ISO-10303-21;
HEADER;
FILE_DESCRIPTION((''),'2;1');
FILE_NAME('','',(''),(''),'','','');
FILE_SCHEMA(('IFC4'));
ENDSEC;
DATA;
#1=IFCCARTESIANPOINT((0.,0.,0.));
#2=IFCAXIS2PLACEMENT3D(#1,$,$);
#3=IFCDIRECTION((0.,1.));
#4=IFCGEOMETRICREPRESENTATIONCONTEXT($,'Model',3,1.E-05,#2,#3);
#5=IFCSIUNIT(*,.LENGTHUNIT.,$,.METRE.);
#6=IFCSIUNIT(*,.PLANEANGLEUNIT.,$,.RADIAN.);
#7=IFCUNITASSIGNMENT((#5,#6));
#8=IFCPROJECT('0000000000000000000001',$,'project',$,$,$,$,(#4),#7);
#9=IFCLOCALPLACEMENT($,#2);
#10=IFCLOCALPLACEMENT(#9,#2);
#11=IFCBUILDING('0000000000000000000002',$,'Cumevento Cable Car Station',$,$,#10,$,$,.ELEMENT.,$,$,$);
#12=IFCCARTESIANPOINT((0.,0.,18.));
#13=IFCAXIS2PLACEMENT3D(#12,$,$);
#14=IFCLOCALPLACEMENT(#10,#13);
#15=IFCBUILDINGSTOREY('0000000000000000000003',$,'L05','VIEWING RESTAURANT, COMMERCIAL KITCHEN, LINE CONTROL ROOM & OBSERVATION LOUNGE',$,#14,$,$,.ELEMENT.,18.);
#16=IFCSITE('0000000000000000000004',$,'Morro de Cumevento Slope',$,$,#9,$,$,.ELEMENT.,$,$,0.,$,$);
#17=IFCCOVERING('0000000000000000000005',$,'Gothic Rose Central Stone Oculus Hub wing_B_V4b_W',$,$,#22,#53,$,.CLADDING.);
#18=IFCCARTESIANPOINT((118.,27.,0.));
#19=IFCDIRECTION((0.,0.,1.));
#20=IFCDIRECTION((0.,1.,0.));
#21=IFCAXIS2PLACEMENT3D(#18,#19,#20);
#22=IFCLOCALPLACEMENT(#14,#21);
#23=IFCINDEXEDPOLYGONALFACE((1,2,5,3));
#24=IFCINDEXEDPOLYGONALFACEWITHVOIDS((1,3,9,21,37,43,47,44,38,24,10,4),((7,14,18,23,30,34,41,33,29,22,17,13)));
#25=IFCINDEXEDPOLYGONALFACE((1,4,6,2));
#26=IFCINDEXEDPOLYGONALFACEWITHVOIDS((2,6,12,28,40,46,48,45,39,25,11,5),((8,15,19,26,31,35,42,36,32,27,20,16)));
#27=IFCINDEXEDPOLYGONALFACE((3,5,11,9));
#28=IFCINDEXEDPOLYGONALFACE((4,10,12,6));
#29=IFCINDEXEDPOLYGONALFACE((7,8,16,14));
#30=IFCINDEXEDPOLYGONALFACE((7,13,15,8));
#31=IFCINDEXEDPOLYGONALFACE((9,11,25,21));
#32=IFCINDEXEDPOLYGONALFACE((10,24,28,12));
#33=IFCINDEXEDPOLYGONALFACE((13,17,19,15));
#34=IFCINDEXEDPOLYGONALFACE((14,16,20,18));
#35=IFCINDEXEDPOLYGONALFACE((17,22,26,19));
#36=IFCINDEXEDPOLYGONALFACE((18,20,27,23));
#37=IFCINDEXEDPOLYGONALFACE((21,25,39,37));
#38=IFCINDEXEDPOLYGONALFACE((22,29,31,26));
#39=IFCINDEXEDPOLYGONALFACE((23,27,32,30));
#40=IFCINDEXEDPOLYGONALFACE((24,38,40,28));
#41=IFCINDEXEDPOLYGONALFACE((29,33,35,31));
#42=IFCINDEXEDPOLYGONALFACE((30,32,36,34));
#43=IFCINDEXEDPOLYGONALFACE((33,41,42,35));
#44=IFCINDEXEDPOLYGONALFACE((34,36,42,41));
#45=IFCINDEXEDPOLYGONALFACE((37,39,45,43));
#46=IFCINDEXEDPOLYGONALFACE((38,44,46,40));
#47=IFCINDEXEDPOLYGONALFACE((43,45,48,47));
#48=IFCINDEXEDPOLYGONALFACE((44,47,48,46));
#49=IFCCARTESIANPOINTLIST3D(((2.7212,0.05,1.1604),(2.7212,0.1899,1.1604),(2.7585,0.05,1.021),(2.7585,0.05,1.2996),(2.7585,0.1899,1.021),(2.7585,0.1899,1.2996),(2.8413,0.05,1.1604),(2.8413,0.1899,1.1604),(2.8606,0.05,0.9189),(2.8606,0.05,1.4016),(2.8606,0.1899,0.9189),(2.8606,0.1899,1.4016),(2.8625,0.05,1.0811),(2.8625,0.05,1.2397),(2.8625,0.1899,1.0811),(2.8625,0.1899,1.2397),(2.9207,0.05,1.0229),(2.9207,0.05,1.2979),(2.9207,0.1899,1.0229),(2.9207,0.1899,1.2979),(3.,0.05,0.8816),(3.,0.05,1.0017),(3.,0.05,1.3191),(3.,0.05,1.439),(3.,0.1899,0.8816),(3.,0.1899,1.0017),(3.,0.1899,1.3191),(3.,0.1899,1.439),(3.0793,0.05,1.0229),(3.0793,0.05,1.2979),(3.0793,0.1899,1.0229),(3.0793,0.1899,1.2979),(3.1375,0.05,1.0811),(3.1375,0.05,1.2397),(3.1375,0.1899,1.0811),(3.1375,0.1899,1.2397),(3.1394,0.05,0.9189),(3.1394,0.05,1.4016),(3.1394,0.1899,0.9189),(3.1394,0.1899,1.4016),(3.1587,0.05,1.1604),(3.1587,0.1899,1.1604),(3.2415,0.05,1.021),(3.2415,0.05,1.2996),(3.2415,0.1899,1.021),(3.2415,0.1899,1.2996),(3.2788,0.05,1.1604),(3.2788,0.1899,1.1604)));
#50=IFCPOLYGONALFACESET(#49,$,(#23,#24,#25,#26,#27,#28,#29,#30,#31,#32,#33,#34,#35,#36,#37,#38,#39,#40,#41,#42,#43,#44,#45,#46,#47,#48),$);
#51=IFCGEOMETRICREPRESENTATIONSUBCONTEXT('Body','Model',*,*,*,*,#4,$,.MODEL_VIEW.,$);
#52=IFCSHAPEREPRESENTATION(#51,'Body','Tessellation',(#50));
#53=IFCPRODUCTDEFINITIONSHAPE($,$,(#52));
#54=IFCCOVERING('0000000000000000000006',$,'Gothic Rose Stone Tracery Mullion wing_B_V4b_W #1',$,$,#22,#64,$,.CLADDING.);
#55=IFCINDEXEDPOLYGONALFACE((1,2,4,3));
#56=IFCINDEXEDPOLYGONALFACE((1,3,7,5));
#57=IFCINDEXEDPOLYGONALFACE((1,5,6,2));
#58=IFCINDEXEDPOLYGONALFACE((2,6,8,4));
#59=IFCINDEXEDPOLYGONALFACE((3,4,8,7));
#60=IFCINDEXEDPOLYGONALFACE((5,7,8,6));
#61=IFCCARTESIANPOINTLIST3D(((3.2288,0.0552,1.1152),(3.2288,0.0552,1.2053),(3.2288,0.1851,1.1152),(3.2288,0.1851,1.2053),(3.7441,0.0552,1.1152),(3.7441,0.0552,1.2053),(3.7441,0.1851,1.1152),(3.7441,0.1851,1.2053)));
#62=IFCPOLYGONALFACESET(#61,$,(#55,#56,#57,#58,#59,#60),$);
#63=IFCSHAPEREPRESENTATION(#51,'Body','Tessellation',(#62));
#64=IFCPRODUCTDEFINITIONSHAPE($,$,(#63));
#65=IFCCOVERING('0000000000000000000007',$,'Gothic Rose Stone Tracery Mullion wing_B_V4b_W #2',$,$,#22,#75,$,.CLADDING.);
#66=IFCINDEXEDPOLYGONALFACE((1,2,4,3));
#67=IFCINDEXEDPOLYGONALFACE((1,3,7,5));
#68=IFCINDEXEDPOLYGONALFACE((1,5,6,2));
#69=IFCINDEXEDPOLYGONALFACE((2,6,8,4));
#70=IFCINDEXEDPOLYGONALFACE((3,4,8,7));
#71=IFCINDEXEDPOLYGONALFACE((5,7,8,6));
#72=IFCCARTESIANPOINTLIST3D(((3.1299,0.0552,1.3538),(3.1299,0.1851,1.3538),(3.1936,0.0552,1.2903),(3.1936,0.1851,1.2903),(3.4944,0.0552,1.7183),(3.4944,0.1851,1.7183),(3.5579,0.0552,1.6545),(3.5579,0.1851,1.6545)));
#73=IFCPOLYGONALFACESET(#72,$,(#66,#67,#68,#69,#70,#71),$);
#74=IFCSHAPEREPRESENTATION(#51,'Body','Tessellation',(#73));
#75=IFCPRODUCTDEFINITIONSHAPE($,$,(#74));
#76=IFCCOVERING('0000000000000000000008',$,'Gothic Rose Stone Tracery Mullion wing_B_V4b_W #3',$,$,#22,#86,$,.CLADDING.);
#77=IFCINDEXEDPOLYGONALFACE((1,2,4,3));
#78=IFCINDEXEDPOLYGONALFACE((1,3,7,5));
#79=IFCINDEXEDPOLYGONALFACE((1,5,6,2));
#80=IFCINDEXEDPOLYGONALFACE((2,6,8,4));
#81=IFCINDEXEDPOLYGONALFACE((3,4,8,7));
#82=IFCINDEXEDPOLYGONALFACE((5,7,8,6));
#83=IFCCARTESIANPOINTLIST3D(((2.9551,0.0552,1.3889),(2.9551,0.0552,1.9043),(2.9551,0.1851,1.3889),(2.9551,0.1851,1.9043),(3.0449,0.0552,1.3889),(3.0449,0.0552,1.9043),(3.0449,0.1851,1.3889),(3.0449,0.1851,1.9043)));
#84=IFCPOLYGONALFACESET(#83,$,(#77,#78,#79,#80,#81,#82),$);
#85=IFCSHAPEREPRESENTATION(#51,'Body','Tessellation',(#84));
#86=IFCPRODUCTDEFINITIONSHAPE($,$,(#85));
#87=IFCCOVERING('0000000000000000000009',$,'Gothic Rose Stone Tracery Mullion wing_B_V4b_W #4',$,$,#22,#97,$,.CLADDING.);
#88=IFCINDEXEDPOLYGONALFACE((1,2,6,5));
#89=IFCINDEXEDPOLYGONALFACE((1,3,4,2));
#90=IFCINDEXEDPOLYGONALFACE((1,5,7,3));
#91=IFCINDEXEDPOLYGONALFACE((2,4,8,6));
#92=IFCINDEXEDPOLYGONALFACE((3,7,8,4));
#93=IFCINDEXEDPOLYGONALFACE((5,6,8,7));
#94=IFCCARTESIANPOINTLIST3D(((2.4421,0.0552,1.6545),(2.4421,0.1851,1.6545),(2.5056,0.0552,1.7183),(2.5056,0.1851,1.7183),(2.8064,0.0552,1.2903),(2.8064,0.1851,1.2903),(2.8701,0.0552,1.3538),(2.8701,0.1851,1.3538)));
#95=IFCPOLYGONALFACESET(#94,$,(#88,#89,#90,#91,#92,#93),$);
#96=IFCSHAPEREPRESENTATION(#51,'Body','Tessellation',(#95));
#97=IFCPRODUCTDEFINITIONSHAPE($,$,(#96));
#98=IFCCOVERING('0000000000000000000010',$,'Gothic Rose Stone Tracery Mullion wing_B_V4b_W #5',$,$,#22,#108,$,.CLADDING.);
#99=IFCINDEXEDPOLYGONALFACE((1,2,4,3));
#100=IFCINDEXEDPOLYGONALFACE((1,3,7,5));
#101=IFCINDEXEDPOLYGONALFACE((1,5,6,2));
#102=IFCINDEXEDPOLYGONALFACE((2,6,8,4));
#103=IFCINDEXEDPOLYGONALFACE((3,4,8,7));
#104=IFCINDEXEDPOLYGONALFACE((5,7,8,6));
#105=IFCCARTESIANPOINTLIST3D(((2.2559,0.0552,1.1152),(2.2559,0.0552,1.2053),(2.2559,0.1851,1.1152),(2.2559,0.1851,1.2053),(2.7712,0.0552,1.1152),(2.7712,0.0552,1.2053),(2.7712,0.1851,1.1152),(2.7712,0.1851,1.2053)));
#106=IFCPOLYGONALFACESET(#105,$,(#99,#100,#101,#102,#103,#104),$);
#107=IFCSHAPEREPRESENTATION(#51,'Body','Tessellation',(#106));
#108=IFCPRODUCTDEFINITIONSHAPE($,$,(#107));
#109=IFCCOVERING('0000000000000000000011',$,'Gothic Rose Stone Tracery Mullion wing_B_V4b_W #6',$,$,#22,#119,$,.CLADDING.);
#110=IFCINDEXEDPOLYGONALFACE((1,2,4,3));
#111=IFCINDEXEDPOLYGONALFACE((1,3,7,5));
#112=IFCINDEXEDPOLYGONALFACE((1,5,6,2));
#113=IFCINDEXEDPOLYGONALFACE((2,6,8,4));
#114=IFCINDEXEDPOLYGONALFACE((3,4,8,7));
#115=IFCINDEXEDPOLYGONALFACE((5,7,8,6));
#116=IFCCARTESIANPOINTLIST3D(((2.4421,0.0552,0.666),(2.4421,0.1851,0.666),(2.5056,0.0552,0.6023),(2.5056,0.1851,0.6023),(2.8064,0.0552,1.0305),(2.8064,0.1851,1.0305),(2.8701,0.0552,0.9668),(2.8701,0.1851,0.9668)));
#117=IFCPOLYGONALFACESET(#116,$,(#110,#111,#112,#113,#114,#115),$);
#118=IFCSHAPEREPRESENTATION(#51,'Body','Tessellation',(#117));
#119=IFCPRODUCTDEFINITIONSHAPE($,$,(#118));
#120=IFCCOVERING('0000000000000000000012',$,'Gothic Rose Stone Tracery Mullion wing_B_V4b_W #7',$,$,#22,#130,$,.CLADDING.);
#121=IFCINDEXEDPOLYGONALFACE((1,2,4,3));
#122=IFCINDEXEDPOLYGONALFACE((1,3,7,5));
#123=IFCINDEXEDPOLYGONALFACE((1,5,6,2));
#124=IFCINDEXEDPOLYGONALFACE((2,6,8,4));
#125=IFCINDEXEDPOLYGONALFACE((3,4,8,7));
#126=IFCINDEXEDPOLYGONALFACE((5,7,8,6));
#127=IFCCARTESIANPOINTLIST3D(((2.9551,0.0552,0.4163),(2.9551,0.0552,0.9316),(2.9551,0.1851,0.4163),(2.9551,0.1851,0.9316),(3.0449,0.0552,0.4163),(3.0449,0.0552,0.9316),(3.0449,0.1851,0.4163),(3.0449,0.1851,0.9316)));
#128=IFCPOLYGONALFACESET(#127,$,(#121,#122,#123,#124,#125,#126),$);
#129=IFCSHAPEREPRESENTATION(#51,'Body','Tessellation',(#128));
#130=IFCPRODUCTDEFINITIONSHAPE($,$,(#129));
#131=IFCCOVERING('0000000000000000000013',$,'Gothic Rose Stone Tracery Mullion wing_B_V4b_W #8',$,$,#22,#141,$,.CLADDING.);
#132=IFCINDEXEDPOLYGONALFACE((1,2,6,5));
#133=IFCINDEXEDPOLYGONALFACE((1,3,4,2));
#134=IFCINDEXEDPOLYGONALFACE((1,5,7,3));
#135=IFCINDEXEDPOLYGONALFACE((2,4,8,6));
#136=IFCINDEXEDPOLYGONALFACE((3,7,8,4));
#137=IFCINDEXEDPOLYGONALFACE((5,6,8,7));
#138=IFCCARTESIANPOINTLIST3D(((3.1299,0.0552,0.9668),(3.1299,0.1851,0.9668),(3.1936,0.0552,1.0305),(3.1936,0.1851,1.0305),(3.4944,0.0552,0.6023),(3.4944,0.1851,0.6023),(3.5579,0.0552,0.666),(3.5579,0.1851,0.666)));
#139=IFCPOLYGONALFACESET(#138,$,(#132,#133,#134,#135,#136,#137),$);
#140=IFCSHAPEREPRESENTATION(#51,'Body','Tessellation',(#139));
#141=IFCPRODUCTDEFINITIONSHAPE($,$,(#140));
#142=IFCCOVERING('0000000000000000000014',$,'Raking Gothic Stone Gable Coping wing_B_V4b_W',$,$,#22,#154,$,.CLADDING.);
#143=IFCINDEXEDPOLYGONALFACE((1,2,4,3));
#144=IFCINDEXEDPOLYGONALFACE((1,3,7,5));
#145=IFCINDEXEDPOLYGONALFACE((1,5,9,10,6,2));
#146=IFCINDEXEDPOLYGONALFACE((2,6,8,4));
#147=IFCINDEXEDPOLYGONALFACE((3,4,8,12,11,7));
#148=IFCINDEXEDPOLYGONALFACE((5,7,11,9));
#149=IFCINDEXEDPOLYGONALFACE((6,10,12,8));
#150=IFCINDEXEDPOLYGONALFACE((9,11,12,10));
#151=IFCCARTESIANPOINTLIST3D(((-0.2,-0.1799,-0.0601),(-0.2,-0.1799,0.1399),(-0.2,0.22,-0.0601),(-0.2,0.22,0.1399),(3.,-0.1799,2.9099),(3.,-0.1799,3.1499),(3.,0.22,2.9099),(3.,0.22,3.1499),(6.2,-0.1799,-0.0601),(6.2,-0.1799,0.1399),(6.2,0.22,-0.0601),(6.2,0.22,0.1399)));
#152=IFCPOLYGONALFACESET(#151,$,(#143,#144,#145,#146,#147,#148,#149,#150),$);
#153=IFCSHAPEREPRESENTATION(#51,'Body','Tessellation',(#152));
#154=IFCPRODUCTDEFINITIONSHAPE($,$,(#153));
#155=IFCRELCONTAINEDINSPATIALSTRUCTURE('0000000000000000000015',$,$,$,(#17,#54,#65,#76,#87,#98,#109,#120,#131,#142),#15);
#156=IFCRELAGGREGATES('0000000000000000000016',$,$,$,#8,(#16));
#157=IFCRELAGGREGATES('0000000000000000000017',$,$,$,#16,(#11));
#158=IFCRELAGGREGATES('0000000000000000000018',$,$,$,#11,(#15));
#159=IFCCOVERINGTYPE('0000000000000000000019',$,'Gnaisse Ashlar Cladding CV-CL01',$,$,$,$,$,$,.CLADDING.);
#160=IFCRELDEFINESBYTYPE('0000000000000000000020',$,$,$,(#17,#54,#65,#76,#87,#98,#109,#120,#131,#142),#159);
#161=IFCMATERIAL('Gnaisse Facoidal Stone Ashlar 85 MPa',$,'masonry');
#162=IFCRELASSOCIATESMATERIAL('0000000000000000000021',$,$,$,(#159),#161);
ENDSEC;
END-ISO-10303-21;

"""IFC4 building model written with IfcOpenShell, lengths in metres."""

from ifc_helpers import new_model, si_unit, direction, frame, origin, place, context, subcontext, project, spatial, polyline, outline, extrude, material, type_object, element, save


model = new_model("IFC4")

# Units and contexts
model_context = context("Model", 3, precision=1e-05, world=origin(), true_north=direction((0.0, 1.0)))
body_context = subcontext(model_context, "Body", "Model", "MODEL_VIEW")
ifc_project = project(units=[si_unit("LENGTHUNIT", "METRE"), si_unit("PLANEANGLEUNIT", "RADIAN")], contexts=[model_context])

# Site, building, storey
site_placement = place(None, origin())
site = spatial("IfcSite", under=ifc_project, at=site_placement, Name="Morro de Cumevento Slope", CompositionType="ELEMENT", RefElevation=0.0)
building_placement = place(site_placement, origin())
building = spatial("IfcBuilding", under=site, at=building_placement, Name="Cumevento Cable Car Station", CompositionType="ELEMENT")
storey_placement = place(building_placement, frame((0.0, 0.0, 18.0)))
storey = spatial("IfcBuildingStorey", under=building, at=storey_placement, Name="L05", Description="VIEWING RESTAURANT, COMMERCIAL KITCHEN, LINE CONTROL ROOM & OBSERVATION LOUNGE", CompositionType="ELEMENT", Elevation=18.0)

# Coverings
ifc_material_1 = material(Name="Gnaisse Facoidal Stone Ashlar 85 MPa", Category="masonry")
covering_type_1 = type_object("IfcCoveringType", Name="Gnaisse Ashlar Cladding CV-CL01", PredefinedType="CLADDING", material=ifc_material_1)
placement = place(storey_placement, frame((118.0, 27.0, 0.0), z_axis=(0.0, 0.0, 1.0), x_axis=(0.0, 1.0, 0.0)))
element("IfcCovering", 1, at=placement, inside=storey, type_object=covering_type_1, Name="Gothic Rose Central Stone Oculus Hub wing_B_V4b_W", PredefinedType="CLADDING", context=body_context, shape_type="SweptSolid", body=[
    extrude(outline(polyline([(3.2788, 1.1604), (3.2415, 1.2996), (3.1394, 1.4016), (3.0, 1.439), (2.8606, 1.4016), (2.7585, 1.2996), (2.7212, 1.1604), (2.7585, 1.021), (2.8606, 0.9189), (3.0, 0.8816), (3.1394, 0.9189), (3.2415, 1.021), (3.2788, 1.1604)]), holes=[polyline([(3.1587, 1.1604), (3.1375, 1.2397), (3.0793, 1.2979), (3.0, 1.3191), (2.9207, 1.2979), (2.8625, 1.2397), (2.8413, 1.1604), (2.8625, 1.0811), (2.9207, 1.0229), (3.0, 1.0017), (3.0793, 1.0229), (3.1375, 1.0811), (3.1587, 1.1604)])]), frame((0.0, 0.1899, 0.0), z_axis=(0.0, -1.0, 0.0), x_axis=(1.0, 0.0, 0.0)), (0.0, 0.0, 1.0), 0.1399),
])
element("IfcCovering", 2, at=placement, inside=storey, type_object=covering_type_1, Name="Gothic Rose Stone Tracery Mullion wing_B_V4b_W #1", PredefinedType="CLADDING", context=body_context, shape_type="SweptSolid", body=[
    extrude(outline(polyline([(3.2288, 1.2053), (3.7441, 1.2053), (3.7441, 1.1152), (3.2288, 1.1152), (3.2288, 1.2053)])), frame((0.0, 0.1851, 0.0), z_axis=(0.0, -1.0, 0.0), x_axis=(1.0, 0.0, 0.0)), (0.0, 0.0, 1.0), 0.1299),
])
element("IfcCovering", 3, at=placement, inside=storey, type_object=covering_type_1, Name="Gothic Rose Stone Tracery Mullion wing_B_V4b_W #2", PredefinedType="CLADDING", context=body_context, shape_type="SweptSolid", body=[
    extrude(outline(polyline([(3.1299, 1.3538), (3.4944, 1.7183), (3.5579, 1.6545), (3.1936, 1.2903), (3.1299, 1.3538)])), frame((0.0, 0.1851, 0.0), z_axis=(0.0, -1.0, 0.0), x_axis=(1.0, 0.0, 0.0)), (0.0, 0.0, 1.0), 0.1299),
])
element("IfcCovering", 4, at=placement, inside=storey, type_object=covering_type_1, Name="Gothic Rose Stone Tracery Mullion wing_B_V4b_W #3", PredefinedType="CLADDING", context=body_context, shape_type="SweptSolid", body=[
    extrude(outline(polyline([(2.9551, 1.3889), (2.9551, 1.9043), (3.0449, 1.9043), (3.0449, 1.3889), (2.9551, 1.3889)])), frame((0.0, 0.1851, 0.0), z_axis=(0.0, -1.0, 0.0), x_axis=(1.0, 0.0, 0.0)), (0.0, 0.0, 1.0), 0.1299),
])
element("IfcCovering", 5, at=placement, inside=storey, type_object=covering_type_1, Name="Gothic Rose Stone Tracery Mullion wing_B_V4b_W #4", PredefinedType="CLADDING", context=body_context, shape_type="SweptSolid", body=[
    extrude(outline(polyline([(2.8064, 1.2903), (2.4421, 1.6545), (2.5056, 1.7183), (2.8701, 1.3538), (2.8064, 1.2903)])), frame((0.0, 0.1851, 0.0), z_axis=(0.0, -1.0, 0.0), x_axis=(1.0, 0.0, 0.0)), (0.0, 0.0, 1.0), 0.1299),
])
element("IfcCovering", 6, at=placement, inside=storey, type_object=covering_type_1, Name="Gothic Rose Stone Tracery Mullion wing_B_V4b_W #5", PredefinedType="CLADDING", context=body_context, shape_type="SweptSolid", body=[
    extrude(outline(polyline([(2.7712, 1.1152), (2.2559, 1.1152), (2.2559, 1.2053), (2.7712, 1.2053), (2.7712, 1.1152)])), frame((0.0, 0.1851, 0.0), z_axis=(0.0, -1.0, 0.0), x_axis=(1.0, 0.0, 0.0)), (0.0, 0.0, 1.0), 0.1299),
])
element("IfcCovering", 7, at=placement, inside=storey, type_object=covering_type_1, Name="Gothic Rose Stone Tracery Mullion wing_B_V4b_W #6", PredefinedType="CLADDING", context=body_context, shape_type="SweptSolid", body=[
    extrude(outline(polyline([(2.8701, 0.9668), (2.5056, 0.6023), (2.4421, 0.666), (2.8064, 1.0305), (2.8701, 0.9668)])), frame((0.0, 0.1851, 0.0), z_axis=(0.0, -1.0, 0.0), x_axis=(1.0, 0.0, 0.0)), (0.0, 0.0, 1.0), 0.1299),
])
element("IfcCovering", 8, at=placement, inside=storey, type_object=covering_type_1, Name="Gothic Rose Stone Tracery Mullion wing_B_V4b_W #7", PredefinedType="CLADDING", context=body_context, shape_type="SweptSolid", body=[
    extrude(outline(polyline([(3.0449, 0.9316), (3.0449, 0.4163), (2.9551, 0.4163), (2.9551, 0.9316), (3.0449, 0.9316)])), frame((0.0, 0.1851, 0.0), z_axis=(0.0, -1.0, 0.0), x_axis=(1.0, 0.0, 0.0)), (0.0, 0.0, 1.0), 0.1299),
])
element("IfcCovering", 9, at=placement, inside=storey, type_object=covering_type_1, Name="Gothic Rose Stone Tracery Mullion wing_B_V4b_W #8", PredefinedType="CLADDING", context=body_context, shape_type="SweptSolid", body=[
    extrude(outline(polyline([(3.1936, 1.0305), (3.5579, 0.666), (3.4944, 0.6023), (3.1299, 0.9668), (3.1936, 1.0305)])), frame((0.0, 0.1851, 0.0), z_axis=(0.0, -1.0, 0.0), x_axis=(1.0, 0.0, 0.0)), (0.0, 0.0, 1.0), 0.1299),
])
element("IfcCovering", 10, at=placement, inside=storey, type_object=covering_type_1, Name="Raking Gothic Stone Gable Coping wing_B_V4b_W", PredefinedType="CLADDING", context=body_context, shape_type="SweptSolid", body=[
    extrude(outline(polyline([(-0.2, -0.0601), (3.0, 2.9099), (6.2, -0.0601), (6.2, 0.1399), (3.0, 3.1499), (-0.2, 0.1399), (-0.2, -0.0601)])), frame((0.0, 0.22, 0.0), z_axis=(0.0, -1.0, 0.0), x_axis=(1.0, 0.0, 0.0)), (0.0, 0.0, 1.0), 0.3999),
])

save(model, "model.ifc")
